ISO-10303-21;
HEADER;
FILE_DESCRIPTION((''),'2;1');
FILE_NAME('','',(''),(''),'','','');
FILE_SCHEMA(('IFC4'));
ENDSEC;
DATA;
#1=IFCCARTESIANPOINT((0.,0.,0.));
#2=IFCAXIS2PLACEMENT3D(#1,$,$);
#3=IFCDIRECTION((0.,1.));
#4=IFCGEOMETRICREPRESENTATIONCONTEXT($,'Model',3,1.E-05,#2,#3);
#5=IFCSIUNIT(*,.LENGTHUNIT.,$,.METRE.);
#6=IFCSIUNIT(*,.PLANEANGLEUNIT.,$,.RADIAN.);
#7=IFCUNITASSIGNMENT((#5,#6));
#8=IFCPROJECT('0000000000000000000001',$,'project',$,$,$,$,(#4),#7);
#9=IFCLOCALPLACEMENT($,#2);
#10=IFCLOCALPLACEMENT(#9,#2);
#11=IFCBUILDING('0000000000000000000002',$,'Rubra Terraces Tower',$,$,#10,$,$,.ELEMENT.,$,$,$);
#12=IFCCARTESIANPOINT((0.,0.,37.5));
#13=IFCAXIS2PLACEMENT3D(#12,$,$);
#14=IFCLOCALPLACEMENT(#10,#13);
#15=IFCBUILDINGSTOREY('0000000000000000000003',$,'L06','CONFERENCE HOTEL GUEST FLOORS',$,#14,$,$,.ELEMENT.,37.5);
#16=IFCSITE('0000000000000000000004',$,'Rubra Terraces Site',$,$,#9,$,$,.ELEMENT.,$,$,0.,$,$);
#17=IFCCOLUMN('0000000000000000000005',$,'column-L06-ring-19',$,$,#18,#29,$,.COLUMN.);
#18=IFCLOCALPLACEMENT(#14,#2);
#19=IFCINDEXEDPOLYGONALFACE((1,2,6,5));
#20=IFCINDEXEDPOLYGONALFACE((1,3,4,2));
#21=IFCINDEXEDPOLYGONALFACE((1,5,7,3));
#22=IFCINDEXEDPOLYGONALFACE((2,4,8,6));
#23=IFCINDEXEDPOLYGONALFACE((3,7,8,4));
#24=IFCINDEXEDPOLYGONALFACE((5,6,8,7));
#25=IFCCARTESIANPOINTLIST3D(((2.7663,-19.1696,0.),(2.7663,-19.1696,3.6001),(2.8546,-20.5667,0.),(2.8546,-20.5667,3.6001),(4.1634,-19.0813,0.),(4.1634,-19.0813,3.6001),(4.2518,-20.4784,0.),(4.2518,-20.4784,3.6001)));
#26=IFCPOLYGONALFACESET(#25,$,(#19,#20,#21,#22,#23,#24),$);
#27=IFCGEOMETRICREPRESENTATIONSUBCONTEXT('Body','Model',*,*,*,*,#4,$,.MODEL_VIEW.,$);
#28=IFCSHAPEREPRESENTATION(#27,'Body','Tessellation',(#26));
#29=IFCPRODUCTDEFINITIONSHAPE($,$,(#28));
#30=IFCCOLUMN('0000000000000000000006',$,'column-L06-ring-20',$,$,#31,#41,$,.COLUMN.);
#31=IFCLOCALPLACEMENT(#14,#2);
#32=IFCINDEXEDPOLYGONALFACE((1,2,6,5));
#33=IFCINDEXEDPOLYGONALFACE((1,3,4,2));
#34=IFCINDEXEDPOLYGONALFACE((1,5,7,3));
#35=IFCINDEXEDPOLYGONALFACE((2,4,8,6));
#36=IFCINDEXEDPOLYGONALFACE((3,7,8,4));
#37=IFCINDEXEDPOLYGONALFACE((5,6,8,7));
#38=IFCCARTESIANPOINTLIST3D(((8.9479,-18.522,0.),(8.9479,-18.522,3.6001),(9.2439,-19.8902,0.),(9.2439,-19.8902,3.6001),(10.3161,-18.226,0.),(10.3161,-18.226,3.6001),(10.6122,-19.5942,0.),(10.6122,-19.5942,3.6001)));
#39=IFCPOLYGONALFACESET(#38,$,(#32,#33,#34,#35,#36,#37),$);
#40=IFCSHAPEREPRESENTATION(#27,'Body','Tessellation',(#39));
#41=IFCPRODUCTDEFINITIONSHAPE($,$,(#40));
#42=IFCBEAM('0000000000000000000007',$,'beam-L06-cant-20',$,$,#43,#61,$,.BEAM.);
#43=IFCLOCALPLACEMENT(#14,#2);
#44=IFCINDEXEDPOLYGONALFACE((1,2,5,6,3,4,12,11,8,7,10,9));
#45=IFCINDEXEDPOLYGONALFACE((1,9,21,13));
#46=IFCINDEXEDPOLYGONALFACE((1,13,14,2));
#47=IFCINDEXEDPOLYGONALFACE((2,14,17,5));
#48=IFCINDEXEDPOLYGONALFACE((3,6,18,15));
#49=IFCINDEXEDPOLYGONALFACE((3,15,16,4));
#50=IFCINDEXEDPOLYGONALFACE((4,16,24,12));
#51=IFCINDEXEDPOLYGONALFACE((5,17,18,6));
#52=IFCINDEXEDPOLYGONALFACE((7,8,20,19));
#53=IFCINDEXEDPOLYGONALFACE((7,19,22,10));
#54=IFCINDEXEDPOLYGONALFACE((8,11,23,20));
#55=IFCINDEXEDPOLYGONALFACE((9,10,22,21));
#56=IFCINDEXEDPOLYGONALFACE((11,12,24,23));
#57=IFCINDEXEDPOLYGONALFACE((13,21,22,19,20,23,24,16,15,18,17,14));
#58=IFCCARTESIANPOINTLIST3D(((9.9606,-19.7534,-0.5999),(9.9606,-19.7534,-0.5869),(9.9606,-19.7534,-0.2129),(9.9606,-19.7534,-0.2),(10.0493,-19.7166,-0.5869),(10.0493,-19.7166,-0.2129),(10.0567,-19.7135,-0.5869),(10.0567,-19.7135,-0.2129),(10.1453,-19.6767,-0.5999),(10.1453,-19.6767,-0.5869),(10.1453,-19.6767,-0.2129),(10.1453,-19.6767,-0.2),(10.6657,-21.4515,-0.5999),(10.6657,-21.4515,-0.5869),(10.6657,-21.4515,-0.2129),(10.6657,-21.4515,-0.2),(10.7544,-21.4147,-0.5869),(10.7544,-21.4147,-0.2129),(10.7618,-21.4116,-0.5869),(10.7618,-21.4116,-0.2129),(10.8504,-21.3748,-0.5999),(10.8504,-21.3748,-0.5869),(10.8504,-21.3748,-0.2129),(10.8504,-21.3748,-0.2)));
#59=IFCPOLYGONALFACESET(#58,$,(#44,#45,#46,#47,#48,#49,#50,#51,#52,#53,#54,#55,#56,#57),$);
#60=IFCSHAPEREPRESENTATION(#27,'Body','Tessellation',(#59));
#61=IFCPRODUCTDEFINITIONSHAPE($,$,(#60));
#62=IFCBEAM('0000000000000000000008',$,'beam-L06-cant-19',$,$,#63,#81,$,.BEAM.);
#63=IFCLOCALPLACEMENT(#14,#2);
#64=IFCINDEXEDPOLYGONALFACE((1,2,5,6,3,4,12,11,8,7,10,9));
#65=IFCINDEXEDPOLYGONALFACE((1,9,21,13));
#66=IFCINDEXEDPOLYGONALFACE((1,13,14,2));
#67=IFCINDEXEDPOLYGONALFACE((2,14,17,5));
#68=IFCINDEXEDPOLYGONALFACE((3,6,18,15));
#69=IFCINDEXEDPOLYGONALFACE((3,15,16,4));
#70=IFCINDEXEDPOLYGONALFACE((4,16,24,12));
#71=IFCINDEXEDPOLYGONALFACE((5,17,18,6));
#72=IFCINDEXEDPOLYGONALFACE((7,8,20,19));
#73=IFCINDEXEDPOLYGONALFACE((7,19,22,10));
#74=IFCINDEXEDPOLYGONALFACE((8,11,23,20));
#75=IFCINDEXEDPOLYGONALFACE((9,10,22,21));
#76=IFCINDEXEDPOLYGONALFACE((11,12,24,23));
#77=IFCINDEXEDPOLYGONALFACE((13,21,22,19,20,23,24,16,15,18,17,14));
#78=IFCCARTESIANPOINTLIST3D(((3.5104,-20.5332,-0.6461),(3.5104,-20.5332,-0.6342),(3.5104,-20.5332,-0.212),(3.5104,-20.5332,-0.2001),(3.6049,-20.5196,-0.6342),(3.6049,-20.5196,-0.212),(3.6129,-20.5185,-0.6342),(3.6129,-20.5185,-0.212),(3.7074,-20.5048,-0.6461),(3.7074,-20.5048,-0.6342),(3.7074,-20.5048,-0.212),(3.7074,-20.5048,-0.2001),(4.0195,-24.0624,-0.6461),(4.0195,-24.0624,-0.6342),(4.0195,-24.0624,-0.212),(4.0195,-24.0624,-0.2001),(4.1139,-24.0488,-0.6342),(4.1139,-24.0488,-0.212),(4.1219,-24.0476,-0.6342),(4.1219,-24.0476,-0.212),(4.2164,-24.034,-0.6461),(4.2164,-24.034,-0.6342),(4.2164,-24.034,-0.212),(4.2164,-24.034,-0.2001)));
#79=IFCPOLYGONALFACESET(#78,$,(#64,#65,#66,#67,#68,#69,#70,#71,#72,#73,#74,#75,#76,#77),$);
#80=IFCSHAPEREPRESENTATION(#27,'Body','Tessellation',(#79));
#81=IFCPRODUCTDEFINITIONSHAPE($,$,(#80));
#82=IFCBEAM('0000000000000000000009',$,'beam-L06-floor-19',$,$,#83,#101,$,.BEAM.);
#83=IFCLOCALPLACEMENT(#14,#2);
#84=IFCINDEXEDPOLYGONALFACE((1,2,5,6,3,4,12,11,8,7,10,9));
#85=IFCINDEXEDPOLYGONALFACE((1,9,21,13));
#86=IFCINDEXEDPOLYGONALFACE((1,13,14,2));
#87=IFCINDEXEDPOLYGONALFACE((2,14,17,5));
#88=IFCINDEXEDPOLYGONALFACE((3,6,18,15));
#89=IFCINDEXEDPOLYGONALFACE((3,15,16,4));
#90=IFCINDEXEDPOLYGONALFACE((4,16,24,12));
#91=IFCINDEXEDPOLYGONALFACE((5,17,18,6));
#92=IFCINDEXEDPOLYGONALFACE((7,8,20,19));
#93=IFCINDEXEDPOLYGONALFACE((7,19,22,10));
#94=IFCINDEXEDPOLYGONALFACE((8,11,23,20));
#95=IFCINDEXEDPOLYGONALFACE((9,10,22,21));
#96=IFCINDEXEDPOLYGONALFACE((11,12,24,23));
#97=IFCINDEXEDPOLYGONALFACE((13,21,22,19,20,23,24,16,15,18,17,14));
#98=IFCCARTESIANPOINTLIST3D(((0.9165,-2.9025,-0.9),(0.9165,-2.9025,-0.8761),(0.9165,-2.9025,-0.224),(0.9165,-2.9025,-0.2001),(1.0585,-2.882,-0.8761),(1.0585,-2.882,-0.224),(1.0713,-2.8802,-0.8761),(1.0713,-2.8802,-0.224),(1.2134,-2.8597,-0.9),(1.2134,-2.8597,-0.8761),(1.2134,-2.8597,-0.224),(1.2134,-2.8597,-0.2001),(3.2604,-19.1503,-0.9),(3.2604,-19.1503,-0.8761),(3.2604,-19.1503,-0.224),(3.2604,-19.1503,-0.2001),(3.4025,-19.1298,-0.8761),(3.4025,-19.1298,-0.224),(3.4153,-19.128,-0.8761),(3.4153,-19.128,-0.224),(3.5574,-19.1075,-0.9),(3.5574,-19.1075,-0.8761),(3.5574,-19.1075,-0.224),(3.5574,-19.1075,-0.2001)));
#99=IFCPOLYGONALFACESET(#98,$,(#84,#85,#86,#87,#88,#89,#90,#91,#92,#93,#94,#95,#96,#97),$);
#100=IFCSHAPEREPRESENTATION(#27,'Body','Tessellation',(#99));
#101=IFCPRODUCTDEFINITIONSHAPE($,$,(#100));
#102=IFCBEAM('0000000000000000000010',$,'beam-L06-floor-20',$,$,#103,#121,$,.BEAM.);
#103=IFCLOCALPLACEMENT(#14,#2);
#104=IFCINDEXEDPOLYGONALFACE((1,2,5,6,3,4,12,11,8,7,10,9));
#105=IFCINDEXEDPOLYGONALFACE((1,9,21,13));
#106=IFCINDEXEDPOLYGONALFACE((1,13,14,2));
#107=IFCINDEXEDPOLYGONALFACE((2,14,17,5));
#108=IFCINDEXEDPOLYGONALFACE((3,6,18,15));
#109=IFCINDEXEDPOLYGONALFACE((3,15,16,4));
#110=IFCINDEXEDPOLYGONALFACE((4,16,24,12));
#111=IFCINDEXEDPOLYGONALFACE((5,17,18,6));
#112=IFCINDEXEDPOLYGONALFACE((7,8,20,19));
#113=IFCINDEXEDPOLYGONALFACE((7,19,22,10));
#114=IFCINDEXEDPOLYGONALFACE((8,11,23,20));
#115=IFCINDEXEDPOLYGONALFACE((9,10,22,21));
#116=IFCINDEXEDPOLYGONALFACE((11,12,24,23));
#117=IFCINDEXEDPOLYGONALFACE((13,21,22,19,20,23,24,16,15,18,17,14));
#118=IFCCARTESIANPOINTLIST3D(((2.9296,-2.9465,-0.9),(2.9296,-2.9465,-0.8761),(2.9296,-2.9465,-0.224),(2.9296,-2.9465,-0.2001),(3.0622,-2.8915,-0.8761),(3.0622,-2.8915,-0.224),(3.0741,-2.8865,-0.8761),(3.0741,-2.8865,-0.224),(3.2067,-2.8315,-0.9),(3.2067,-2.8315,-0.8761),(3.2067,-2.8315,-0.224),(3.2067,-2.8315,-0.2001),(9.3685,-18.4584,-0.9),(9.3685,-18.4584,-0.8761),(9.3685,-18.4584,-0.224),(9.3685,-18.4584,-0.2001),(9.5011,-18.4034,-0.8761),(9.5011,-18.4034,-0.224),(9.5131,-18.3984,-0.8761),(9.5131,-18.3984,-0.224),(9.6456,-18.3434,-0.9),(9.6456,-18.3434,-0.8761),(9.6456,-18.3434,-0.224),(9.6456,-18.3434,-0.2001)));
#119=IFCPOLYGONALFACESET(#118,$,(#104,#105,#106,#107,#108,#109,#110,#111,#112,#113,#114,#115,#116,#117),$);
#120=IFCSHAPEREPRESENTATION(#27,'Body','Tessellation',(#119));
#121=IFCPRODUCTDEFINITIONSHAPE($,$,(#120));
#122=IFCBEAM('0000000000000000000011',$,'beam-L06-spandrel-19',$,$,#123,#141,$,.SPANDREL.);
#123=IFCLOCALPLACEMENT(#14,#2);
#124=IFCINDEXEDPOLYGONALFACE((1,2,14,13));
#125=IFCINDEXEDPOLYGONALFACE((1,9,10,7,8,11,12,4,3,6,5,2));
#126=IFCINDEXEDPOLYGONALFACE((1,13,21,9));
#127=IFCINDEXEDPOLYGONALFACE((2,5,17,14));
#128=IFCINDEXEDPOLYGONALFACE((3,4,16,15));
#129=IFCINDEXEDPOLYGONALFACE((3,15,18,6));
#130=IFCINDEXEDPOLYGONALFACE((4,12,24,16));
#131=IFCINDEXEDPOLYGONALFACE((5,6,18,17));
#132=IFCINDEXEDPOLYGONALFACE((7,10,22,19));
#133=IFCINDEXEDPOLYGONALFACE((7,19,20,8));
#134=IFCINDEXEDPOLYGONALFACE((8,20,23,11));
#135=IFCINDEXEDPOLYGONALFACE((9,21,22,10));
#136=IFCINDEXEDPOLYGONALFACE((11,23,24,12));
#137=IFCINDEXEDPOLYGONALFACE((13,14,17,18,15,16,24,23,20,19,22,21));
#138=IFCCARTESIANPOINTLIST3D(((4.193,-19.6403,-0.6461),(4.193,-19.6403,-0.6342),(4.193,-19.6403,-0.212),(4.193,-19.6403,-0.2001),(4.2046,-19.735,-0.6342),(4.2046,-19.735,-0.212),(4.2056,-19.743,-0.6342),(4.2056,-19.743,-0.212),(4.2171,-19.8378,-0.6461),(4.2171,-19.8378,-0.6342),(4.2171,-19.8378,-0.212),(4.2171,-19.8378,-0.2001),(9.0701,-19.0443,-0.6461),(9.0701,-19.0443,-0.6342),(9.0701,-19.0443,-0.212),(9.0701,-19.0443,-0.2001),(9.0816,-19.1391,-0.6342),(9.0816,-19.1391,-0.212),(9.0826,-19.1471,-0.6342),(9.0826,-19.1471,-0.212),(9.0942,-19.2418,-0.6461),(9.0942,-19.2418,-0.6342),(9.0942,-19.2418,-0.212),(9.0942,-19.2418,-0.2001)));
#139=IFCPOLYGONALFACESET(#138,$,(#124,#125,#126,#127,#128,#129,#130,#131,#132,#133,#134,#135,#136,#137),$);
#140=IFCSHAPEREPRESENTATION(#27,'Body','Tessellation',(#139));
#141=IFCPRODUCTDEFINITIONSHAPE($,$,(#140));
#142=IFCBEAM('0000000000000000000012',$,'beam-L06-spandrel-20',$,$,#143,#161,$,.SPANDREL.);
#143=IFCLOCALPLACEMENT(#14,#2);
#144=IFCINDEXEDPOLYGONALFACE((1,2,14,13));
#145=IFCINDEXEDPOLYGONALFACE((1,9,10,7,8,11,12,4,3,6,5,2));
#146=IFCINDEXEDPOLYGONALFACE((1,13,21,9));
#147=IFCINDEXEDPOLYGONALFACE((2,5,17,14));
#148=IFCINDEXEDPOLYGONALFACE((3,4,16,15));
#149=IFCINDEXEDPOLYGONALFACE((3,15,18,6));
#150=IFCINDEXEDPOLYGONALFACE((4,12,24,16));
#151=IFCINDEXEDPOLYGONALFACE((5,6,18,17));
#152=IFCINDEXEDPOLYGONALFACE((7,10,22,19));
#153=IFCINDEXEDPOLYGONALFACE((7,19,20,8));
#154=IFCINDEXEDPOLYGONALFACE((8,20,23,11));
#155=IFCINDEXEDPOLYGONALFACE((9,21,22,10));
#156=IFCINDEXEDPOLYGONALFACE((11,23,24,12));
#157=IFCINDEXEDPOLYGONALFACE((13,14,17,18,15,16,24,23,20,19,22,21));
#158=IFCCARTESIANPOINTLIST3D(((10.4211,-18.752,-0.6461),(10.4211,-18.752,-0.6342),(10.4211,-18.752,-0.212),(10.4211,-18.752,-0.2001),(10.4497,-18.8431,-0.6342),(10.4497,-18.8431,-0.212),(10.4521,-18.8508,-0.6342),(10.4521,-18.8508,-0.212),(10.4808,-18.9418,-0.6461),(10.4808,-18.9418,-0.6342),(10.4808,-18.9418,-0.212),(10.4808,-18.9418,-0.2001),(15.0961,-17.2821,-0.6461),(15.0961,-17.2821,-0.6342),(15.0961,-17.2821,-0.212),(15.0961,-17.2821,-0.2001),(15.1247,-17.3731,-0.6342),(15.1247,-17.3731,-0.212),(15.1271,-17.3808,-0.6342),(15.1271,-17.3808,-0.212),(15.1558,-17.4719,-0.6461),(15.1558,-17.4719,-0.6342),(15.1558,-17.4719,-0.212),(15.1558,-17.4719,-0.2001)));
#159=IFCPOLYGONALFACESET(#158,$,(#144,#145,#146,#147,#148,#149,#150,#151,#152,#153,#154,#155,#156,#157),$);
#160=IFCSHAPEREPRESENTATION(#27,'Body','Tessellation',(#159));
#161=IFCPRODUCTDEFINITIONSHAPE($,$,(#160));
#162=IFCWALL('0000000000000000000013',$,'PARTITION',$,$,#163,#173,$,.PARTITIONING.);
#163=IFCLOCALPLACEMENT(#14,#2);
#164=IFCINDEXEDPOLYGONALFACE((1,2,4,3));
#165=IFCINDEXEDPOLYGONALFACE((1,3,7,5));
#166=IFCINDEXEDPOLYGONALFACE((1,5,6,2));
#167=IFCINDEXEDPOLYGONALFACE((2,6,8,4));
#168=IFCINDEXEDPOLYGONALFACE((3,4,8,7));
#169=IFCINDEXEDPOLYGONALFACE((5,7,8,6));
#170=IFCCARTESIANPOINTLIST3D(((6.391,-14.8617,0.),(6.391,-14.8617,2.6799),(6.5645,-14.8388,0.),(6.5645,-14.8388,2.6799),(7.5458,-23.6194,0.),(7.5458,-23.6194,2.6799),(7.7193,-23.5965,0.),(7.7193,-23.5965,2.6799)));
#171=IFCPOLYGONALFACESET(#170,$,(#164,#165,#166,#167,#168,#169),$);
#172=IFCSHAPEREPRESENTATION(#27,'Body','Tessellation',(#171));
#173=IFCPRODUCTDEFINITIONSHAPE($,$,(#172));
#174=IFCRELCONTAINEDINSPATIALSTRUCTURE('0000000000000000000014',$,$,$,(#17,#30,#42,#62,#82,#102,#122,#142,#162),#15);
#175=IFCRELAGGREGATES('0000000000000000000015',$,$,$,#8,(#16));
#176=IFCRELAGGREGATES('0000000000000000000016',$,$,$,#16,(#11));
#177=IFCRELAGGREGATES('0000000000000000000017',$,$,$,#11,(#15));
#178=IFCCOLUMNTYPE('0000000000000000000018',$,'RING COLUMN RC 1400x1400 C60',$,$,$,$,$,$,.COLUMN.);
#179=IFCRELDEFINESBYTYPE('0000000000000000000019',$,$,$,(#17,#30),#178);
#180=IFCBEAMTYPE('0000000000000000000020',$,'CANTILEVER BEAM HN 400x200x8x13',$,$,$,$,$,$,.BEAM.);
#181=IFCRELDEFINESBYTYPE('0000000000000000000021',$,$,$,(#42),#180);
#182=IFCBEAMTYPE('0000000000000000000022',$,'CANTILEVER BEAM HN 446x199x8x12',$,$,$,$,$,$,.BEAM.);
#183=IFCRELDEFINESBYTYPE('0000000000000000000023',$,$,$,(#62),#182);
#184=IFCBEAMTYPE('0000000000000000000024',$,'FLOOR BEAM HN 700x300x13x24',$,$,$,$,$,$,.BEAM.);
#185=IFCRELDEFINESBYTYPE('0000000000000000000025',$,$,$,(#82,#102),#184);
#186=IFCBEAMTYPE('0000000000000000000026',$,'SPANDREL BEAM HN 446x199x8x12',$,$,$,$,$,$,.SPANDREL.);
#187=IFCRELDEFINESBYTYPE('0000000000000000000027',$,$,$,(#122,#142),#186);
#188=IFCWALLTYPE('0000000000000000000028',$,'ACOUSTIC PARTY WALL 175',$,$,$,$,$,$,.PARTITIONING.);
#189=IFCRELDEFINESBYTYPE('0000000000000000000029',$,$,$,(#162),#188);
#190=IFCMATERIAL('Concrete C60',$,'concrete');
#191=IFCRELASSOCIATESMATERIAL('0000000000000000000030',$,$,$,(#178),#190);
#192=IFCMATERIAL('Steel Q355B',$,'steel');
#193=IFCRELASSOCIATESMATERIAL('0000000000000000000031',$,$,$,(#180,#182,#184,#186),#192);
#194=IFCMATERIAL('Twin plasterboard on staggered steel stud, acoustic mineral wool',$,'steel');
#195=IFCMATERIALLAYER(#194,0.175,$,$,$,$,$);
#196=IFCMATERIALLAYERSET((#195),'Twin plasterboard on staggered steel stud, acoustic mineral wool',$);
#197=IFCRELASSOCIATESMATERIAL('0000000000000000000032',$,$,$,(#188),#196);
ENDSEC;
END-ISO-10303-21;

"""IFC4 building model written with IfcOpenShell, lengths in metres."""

from ifc_helpers import new_model, si_unit, direction, frame, frame_2d, origin, origin_2d, place, context, subcontext, project, spatial, rectangle, i_section, extrude, material, layer, layer_set, material_profile, profile_set, type_object, element, save


model = new_model("IFC4")

# Units and contexts
model_context = context("Model", 3, precision=1e-05, world=origin(), true_north=direction((0.0, 1.0)))
body_context = subcontext(model_context, "Body", "Model", "MODEL_VIEW")
ifc_project = project(units=[si_unit("LENGTHUNIT", "METRE"), si_unit("PLANEANGLEUNIT", "RADIAN")], contexts=[model_context])

# Site, building, storey
site_placement = place(None, origin())
site = spatial("IfcSite", under=ifc_project, at=site_placement, Name="Rubra Terraces Site", CompositionType="ELEMENT", RefElevation=0.0)
building_placement = place(site_placement, origin())
building = spatial("IfcBuilding", under=site, at=building_placement, Name="Rubra Terraces Tower", CompositionType="ELEMENT")
storey_placement = place(building_placement, frame((0.0, 0.0, 37.5)))
storey = spatial("IfcBuildingStorey", under=building, at=storey_placement, Name="L06", Description="CONFERENCE HOTEL GUEST FLOORS", CompositionType="ELEMENT", Elevation=37.5)

# Columns
ifc_material_1 = material(Name="Concrete C60", Category="concrete")
ifc_material_profile_1 = material_profile(ifc_material_1, rectangle(XDim=1.3999, YDim=1.3999, at=origin_2d()), Name="RC 1400x1400")
ifc_profile_set_1 = profile_set([ifc_material_profile_1], Name="Concrete C60")
column_type = type_object("IfcColumnType", Name="RING COLUMN RC 1400x1400 C60", PredefinedType="COLUMN", material=ifc_profile_set_1)
for number, where, z_axis, x_axis, name in (
    (1, (3.509, -19.824, 0.0), (0.0, 0.0, 1.0), (0.998008, 0.063094, 0.0), "column-L06-ring-19"),
    (2, (9.78, -19.0581, 0.0), (0.0, 0.0, 1.0), (0.977386, 0.211462, 0.0), "column-L06-ring-20"),
):
    element("IfcColumn", number, at=place(storey_placement, frame(where, z_axis=z_axis, x_axis=x_axis)), inside=storey, type_object=column_type, Name=name, PredefinedType="COLUMN", context=body_context, shape_type="SweptSolid", body=[
        extrude(rectangle(XDim=1.3999, YDim=1.3999, at=origin_2d()), origin(), (0.0, 0.0, 1.0), 3.6001),
    ])

# Beams
ifc_material_2 = material(Name="Steel Q355B", Category="steel")
ifc_material_profile_2 = material_profile(ifc_material_2, i_section(OverallWidth=0.2, OverallDepth=0.3999, WebThickness=0.0081, FlangeThickness=0.0129, at=origin_2d()), Name="HN 400x200x8x13")
ifc_profile_set_2 = profile_set([ifc_material_profile_2], Name="Steel Q355B")
beam_type_1 = type_object("IfcBeamType", Name="CANTILEVER BEAM HN 400x200x8x13", PredefinedType="BEAM", material=ifc_profile_set_2)
beam_1_placement = place(storey_placement, frame((10.053, -19.7151, -0.3999), z_axis=(0.383493, -0.923544, 0.0), x_axis=(0.923544, 0.383493, 0.0)))
element("IfcBeam", 3, at=beam_1_placement, inside=storey, type_object=beam_type_1, Name="beam-L06-cant-20", PredefinedType="BEAM", context=body_context, shape_type="SweptSolid", body=[
    extrude(i_section(OverallWidth=0.2, OverallDepth=0.3999, WebThickness=0.0081, FlangeThickness=0.0129, at=origin_2d()), origin(), (0.0, 0.0, 1.0), 1.8386),
])
ifc_material_profile_3 = material_profile(ifc_material_2, i_section(OverallWidth=0.199, OverallDepth=0.446, WebThickness=0.0081, FlangeThickness=0.012, at=origin_2d()), Name="HN 446x199x8x12")
ifc_profile_set_3 = profile_set([ifc_material_profile_3], Name="Steel Q355B")
beam_type_2 = type_object("IfcBeamType", Name="CANTILEVER BEAM HN 446x199x8x12", PredefinedType="BEAM", material=ifc_profile_set_3)
beam_2_placement = place(storey_placement, frame((3.6089, -20.519, -0.4231), z_axis=(0.142763, -0.989757, 0.0), x_axis=(0.989757, 0.142763, 0.0)))
element("IfcBeam", 4, at=beam_2_placement, inside=storey, type_object=beam_type_2, Name="beam-L06-cant-19", PredefinedType="BEAM", context=body_context, shape_type="SweptSolid", body=[
    extrude(i_section(OverallWidth=0.199, OverallDepth=0.446, WebThickness=0.0081, FlangeThickness=0.012, at=origin_2d()), origin(), (0.0, 0.0, 1.0), 3.5657),
])
ifc_material_profile_4 = material_profile(ifc_material_2, i_section(OverallWidth=0.3, OverallDepth=0.7, WebThickness=0.0129, FlangeThickness=0.0239, at=origin_2d()), Name="HN 700x300x13x24")
ifc_profile_set_4 = profile_set([ifc_material_profile_4], Name="Steel Q355B")
beam_type_3 = type_object("IfcBeamType", Name="FLOOR BEAM HN 700x300x13x24", PredefinedType="BEAM", material=ifc_profile_set_4)
beam_3_placement = place(storey_placement, frame((3.4089, -19.1289, -0.55), z_axis=(-0.142787, 0.989753, 0.0), x_axis=(-0.989753, -0.142787, 0.0)))
element("IfcBeam", 5, at=beam_3_placement, inside=storey, type_object=beam_type_3, Name="beam-L06-floor-19", PredefinedType="BEAM", context=body_context, shape_type="SweptSolid", body=[
    extrude(i_section(OverallWidth=0.3, OverallDepth=0.7, WebThickness=0.0129, FlangeThickness=0.0239, at=origin_2d()), origin(), (0.0, 0.0, 1.0), 16.416),
])
beam_4_placement = place(storey_placement, frame((9.5071, -18.4009, -0.55), z_axis=(-0.38338, 0.923591, 0.0), x_axis=(-0.923591, -0.38338, 0.0)))
element("IfcBeam", 6, at=beam_4_placement, inside=storey, type_object=beam_type_3, Name="beam-L06-floor-20", PredefinedType="BEAM", context=body_context, shape_type="SweptSolid", body=[
    extrude(i_section(OverallWidth=0.3, OverallDepth=0.7, WebThickness=0.0129, FlangeThickness=0.0239, at=origin_2d()), origin(), (0.0, 0.0, 1.0), 16.7952),
])
ifc_material_profile_5 = material_profile(ifc_material_2, i_section(OverallWidth=0.199, OverallDepth=0.446, WebThickness=0.0081, FlangeThickness=0.012, at=origin_2d()), Name="HN 446x199x8x12")
ifc_profile_set_5 = profile_set([ifc_material_profile_5], Name="Steel Q355B")
beam_type_4 = type_object("IfcBeamType", Name="SPANDREL BEAM HN 446x199x8x12", PredefinedType="SPANDREL", material=ifc_profile_set_5)
beam_5_placement = place(storey_placement, frame((4.2051, -19.739, -0.4231), z_axis=(0.992617, 0.121294, 0.0), x_axis=(-0.121294, 0.992617, 0.0)))
element("IfcBeam", 7, at=beam_5_placement, inside=storey, type_object=beam_type_4, Name="beam-L06-spandrel-19", PredefinedType="SPANDREL", context=body_context, shape_type="SweptSolid", body=[
    extrude(i_section(OverallWidth=0.199, OverallDepth=0.446, WebThickness=0.0081, FlangeThickness=0.012, at=origin_2d()), origin(), (0.0, 0.0, 1.0), 4.9133),
])
beam_6_placement = place(storey_placement, frame((10.4509, -18.8469, -0.4231), z_axis=(0.953955, 0.299951, 0.0), x_axis=(-0.299951, 0.953955, 0.0)))
element("IfcBeam", 8, at=beam_6_placement, inside=storey, type_object=beam_type_4, Name="beam-L06-spandrel-20", PredefinedType="SPANDREL", context=body_context, shape_type="SweptSolid", body=[
    extrude(i_section(OverallWidth=0.199, OverallDepth=0.446, WebThickness=0.0081, FlangeThickness=0.012, at=origin_2d()), origin(), (0.0, 0.0, 1.0), 4.9006),
])

# Wall
ifc_material_3 = material(Name="Twin plasterboard on staggered steel stud, acoustic mineral wool", Category="steel")
ifc_layer_1 = layer(ifc_material_3, 0.175)
ifc_layer_set_1 = layer_set([ifc_layer_1], Name="Twin plasterboard on staggered steel stud, acoustic mineral wool")
wall_type_1 = type_object("IfcWallType", Name="ACOUSTIC PARTY WALL 175", PredefinedType="PARTITIONING", material=ifc_layer_set_1)
wall_1_placement = place(storey_placement, frame((7.6326, -23.6079, 0.0), z_axis=(0.0, 0.0, 1.0), x_axis=(-0.13073, 0.991418, 0.0)))
element("IfcWall", 9, at=wall_1_placement, inside=storey, type_object=wall_type_1, Name="PARTITION", PredefinedType="PARTITIONING", context=body_context, shape_type="SweptSolid", body=[
    extrude(rectangle(XDim=8.8335, YDim=0.175, at=frame_2d((4.4167, 0.0))), origin(), (0.0, 0.0, 1.0), 2.6799),
])

save(model, "model.ifc")
